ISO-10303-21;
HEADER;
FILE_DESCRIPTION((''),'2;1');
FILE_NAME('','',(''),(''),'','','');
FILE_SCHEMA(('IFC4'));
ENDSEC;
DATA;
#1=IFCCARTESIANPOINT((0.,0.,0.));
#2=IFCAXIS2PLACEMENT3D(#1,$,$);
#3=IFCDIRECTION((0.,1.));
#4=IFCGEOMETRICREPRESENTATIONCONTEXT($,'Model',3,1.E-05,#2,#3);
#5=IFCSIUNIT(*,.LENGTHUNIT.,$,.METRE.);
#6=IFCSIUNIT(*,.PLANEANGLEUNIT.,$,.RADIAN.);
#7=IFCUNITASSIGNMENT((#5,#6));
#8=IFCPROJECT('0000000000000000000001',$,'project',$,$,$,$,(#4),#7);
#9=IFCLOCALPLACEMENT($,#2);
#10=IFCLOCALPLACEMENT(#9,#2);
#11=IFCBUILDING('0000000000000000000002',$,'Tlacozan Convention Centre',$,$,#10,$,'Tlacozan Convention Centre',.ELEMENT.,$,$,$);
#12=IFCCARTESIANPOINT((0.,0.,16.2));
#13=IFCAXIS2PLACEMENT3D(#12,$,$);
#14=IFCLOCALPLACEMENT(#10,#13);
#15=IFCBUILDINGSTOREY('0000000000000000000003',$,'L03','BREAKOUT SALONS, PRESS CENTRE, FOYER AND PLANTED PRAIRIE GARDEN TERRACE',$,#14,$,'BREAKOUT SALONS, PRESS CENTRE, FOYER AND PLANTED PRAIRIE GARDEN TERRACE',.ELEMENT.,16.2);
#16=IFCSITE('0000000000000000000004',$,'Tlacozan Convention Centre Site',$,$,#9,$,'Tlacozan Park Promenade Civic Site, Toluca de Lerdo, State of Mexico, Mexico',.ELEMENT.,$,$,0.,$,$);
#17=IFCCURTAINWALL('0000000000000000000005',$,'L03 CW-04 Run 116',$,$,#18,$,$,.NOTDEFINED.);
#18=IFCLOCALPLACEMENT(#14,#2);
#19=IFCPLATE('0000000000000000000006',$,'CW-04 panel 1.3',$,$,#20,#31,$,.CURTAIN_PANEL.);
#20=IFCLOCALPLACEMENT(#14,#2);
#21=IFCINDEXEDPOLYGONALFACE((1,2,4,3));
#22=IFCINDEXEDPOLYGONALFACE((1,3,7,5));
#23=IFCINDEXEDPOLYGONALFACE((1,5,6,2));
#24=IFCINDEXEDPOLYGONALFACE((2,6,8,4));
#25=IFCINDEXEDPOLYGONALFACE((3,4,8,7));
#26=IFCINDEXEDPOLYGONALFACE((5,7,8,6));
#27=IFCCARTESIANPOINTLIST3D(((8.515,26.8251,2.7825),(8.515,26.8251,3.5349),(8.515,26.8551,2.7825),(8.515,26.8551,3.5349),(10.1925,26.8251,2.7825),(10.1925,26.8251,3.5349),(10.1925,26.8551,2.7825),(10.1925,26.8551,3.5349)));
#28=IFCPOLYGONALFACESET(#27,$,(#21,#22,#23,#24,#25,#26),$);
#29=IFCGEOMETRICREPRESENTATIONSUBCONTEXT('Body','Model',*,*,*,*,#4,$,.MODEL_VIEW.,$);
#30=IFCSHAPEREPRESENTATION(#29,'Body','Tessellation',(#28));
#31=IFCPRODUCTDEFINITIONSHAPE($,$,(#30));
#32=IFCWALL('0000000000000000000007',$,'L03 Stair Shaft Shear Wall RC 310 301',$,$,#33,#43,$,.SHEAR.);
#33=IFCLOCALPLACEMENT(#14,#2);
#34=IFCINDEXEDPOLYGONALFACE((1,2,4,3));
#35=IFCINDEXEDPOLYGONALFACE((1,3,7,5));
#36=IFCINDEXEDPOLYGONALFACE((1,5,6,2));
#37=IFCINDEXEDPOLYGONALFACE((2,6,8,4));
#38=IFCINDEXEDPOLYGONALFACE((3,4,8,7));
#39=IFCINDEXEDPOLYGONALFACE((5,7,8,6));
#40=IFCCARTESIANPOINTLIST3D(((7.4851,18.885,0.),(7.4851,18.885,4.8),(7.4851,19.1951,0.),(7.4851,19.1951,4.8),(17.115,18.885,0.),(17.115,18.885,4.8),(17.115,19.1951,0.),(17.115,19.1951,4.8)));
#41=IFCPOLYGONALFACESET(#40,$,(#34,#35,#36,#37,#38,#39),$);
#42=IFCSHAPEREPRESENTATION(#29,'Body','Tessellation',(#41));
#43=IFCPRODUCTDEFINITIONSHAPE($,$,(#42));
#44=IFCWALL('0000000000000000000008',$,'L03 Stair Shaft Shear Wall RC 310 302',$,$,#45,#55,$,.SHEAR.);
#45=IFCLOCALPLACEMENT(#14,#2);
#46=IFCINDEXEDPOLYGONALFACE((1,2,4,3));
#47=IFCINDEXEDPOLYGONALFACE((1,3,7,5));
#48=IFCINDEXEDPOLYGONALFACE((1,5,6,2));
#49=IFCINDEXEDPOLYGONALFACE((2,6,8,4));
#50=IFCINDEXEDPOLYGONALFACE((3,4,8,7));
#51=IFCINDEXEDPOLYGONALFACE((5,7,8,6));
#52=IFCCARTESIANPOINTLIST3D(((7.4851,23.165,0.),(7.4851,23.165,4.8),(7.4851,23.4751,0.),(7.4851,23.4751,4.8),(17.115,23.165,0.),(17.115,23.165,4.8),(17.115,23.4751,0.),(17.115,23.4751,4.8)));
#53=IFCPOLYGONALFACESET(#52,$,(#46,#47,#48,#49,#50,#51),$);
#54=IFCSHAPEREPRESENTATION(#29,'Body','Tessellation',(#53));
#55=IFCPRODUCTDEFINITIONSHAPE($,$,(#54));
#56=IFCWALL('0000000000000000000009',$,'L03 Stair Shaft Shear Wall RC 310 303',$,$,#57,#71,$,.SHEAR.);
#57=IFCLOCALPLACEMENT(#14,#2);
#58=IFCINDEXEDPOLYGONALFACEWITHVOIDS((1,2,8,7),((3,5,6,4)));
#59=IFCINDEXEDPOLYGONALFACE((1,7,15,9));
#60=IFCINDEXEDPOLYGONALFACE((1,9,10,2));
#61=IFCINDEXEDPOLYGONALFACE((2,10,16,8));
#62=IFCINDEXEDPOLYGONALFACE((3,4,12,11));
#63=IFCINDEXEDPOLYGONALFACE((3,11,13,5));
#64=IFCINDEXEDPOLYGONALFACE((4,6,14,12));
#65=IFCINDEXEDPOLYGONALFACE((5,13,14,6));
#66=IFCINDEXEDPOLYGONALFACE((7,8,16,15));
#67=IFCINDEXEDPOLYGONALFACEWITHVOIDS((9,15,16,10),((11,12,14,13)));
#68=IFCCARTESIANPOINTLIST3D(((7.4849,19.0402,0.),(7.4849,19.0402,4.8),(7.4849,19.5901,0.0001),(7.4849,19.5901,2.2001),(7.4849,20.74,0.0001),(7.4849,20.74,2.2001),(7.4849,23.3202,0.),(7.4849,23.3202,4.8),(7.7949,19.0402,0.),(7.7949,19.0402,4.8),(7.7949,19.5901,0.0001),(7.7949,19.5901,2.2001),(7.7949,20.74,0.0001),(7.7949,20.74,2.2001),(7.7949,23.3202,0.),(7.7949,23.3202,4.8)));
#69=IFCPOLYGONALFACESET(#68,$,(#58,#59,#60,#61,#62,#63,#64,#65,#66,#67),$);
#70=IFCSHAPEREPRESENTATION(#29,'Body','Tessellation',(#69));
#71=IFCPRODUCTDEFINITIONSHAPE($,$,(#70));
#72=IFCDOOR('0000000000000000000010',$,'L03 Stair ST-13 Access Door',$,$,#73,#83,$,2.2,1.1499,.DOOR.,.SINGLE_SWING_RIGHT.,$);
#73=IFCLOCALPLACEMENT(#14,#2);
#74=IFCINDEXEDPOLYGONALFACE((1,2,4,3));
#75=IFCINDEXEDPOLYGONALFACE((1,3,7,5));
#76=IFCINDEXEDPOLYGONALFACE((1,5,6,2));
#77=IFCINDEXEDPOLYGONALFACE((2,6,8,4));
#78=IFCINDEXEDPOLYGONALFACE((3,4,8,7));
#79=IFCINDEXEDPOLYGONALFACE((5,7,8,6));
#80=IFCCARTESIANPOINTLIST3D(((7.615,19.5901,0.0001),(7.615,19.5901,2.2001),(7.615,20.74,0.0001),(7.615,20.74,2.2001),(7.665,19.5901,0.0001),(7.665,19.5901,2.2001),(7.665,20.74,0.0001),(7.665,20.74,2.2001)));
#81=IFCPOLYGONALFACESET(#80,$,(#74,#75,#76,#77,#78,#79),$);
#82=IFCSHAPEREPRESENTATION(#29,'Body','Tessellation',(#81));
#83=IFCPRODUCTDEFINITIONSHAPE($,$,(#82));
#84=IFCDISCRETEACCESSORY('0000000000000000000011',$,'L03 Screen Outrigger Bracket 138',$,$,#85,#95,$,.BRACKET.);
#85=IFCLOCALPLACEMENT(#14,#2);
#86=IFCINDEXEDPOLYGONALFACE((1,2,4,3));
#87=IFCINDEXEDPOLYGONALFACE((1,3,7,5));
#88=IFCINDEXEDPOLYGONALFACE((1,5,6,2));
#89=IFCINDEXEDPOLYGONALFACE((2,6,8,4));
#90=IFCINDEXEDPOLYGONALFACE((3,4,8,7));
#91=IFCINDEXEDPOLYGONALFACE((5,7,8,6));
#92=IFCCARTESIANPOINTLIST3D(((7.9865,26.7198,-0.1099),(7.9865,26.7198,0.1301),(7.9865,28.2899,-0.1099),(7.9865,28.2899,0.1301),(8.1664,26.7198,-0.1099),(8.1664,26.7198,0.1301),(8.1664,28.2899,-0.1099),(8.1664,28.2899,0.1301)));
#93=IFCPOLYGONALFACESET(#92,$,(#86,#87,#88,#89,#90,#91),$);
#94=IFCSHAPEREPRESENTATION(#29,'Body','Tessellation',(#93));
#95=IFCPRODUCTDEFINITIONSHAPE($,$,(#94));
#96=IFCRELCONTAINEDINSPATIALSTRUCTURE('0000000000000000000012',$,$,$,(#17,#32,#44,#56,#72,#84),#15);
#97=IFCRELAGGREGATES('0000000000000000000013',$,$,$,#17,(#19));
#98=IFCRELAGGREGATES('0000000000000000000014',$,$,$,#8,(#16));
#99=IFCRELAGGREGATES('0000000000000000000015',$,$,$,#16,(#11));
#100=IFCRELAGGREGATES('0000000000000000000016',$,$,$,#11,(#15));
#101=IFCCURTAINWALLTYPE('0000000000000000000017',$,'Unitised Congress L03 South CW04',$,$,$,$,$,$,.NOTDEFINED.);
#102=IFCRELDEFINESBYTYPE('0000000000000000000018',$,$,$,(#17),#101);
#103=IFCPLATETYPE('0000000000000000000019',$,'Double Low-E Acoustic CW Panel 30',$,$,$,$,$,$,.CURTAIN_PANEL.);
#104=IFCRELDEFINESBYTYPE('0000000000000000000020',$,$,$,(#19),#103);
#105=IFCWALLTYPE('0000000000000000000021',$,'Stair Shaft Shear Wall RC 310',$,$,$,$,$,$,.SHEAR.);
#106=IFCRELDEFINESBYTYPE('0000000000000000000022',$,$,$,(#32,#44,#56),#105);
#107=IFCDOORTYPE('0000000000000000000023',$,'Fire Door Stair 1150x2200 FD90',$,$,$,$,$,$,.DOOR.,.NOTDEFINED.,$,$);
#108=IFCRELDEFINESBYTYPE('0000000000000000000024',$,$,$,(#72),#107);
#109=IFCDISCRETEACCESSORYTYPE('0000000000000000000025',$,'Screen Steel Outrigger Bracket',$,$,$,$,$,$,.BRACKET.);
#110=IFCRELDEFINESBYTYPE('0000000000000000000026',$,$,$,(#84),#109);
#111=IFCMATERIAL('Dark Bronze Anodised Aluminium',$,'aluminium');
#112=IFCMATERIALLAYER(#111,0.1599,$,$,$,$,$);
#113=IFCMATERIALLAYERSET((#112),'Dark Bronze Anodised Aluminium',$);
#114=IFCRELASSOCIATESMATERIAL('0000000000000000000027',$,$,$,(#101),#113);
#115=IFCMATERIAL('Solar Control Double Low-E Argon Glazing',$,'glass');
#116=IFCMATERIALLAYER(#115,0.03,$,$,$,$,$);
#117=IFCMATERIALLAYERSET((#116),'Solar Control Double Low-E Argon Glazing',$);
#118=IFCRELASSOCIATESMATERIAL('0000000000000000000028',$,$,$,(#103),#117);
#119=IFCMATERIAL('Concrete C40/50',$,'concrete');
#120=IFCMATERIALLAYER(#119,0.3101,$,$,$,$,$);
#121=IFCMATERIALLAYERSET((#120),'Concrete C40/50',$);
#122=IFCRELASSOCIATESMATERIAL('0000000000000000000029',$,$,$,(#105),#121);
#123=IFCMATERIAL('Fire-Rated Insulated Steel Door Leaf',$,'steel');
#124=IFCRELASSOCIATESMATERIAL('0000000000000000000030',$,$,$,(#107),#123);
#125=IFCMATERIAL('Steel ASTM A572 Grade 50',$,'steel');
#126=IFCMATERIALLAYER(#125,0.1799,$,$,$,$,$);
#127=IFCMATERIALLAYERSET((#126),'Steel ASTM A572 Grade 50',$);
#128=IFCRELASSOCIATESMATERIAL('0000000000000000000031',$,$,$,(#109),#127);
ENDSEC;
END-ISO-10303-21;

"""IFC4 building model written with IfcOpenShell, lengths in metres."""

from ifc_helpers import new_model, si_unit, direction, frame, frame_2d, origin, origin_2d, place, context, subcontext, project, spatial, rectangle, extrude, material, layer, layer_set, type_object, element, fill, aggregate, save


model = new_model("IFC4")

# Units and contexts
model_context = context("Model", 3, precision=1e-05, world=origin(), true_north=direction((0.0, 1.0)))
body_context = subcontext(model_context, "Body", "Model", "MODEL_VIEW")
ifc_project = project(units=[si_unit("LENGTHUNIT", "METRE"), si_unit("PLANEANGLEUNIT", "RADIAN")], contexts=[model_context])

# Site, building, storey
site_placement = place(None, origin())
site = spatial("IfcSite", under=ifc_project, at=site_placement, Name="Tlacozan Convention Centre Site", LongName="Tlacozan Park Promenade Civic Site, Toluca de Lerdo, State of Mexico, Mexico", CompositionType="ELEMENT", RefElevation=0.0)
building_placement = place(site_placement, origin())
building = spatial("IfcBuilding", under=site, at=building_placement, Name="Tlacozan Convention Centre", LongName="Tlacozan Convention Centre", CompositionType="ELEMENT")
storey_placement = place(building_placement, frame((0.0, 0.0, 16.2)))
storey = spatial("IfcBuildingStorey", under=building, at=storey_placement, Name="L03", Description="BREAKOUT SALONS, PRESS CENTRE, FOYER AND PLANTED PRAIRIE GARDEN TERRACE", LongName="BREAKOUT SALONS, PRESS CENTRE, FOYER AND PLANTED PRAIRIE GARDEN TERRACE", CompositionType="ELEMENT", Elevation=16.2)

# Shared definitions
ifc_material_1 = material(Name="Concrete C40/50", Category="concrete")

# Shared definitions
ifc_material_2 = material(Name="Dark Bronze Anodised Aluminium", Category="aluminium")
ifc_layer_1 = layer(ifc_material_2, 0.1599)
ifc_layer_set_1 = layer_set([ifc_layer_1], Name="Dark Bronze Anodised Aluminium")
curtain_wall_type = type_object("IfcCurtainWallType", Name="Unitised Congress L03 South CW04", PredefinedType="NOTDEFINED", material=ifc_layer_set_1)

# Curtain wall
curtain_wall_1_placement = place(storey_placement, origin())
curtain_wall_1 = element("IfcCurtainWall", 1, at=curtain_wall_1_placement, inside=storey, type_object=curtain_wall_type, Name="L03 CW-04 Run 116", PredefinedType="NOTDEFINED")

# Plate
ifc_material_3 = material(Name="Solar Control Double Low-E Argon Glazing", Category="glass")
ifc_layer_2 = layer(ifc_material_3, 0.03)
ifc_layer_set_2 = layer_set([ifc_layer_2], Name="Solar Control Double Low-E Argon Glazing")
plate_type = type_object("IfcPlateType", Name="Double Low-E Acoustic CW Panel 30", PredefinedType="CURTAIN_PANEL", material=ifc_layer_set_2)
plate_1_placement = place(storey_placement, frame((9.3538, 26.8401, 2.7825), z_axis=(0.0, 0.0, 1.0), x_axis=(1.0, 0.0, 0.0)))
plate_1 = element("IfcPlate", 2, at=plate_1_placement, type_object=plate_type, Name="CW-04 panel 1.3", PredefinedType="CURTAIN_PANEL", context=body_context, shape_type="SweptSolid", body=[
    extrude(rectangle(XDim=1.6775, YDim=0.03, at=origin_2d()), origin(), (0.0, 0.0, 1.0), 0.7524),
])
aggregate(curtain_wall_1, [plate_1])

# Walls
ifc_layer_3 = layer(ifc_material_1, 0.3101)
ifc_layer_set_3 = layer_set([ifc_layer_3], Name="Concrete C40/50")
wall_type = type_object("IfcWallType", Name="Stair Shaft Shear Wall RC 310", PredefinedType="SHEAR", material=ifc_layer_set_3)
for number, where, z_axis, x_axis, name in (
    (3, (7.4851, 19.04, 0.0), (0.0, 0.0, 1.0), (1.0, 0.0, 0.0), "L03 Stair Shaft Shear Wall RC 310 301"),
    (4, (7.4851, 23.3201, 0.0), (0.0, 0.0, 1.0), (1.0, 0.0, 0.0), "L03 Stair Shaft Shear Wall RC 310 302"),
):
    element("IfcWall", number, at=place(storey_placement, frame(where, z_axis=z_axis, x_axis=x_axis)), inside=storey, type_object=wall_type, Name=name, PredefinedType="SHEAR", context=body_context, shape_type="SweptSolid", body=[
        extrude(rectangle(XDim=9.6299, YDim=0.3101, at=frame_2d((4.8149, 0.0))), origin(), (0.0, 0.0, 1.0), 4.8),
    ])

# Wall, opening, door
wall_placement = place(storey_placement, frame((7.6399, 19.04, 0.0), z_axis=(0.0, 0.0, 1.0), x_axis=(0.0, 1.0, 0.0)))
wall = element("IfcWall", 5, at=wall_placement, inside=storey, type_object=wall_type, Name="L03 Stair Shaft Shear Wall RC 310 303", PredefinedType="SHEAR", context=body_context, shape_type="SweptSolid", body=[
    extrude(rectangle(XDim=4.28, YDim=0.3101, at=frame_2d((2.1401, 0.0))), origin(), (0.0, 0.0, 1.0), 4.8),
])
opening_placement = place(wall_placement, frame((0.55, 0.0, 0.0)))
opening = element("IfcOpeningElement", 6, at=opening_placement, cuts=wall, PredefinedType="OPENING", context=body_context, shape_type="SweptSolid", body=[
    extrude(rectangle(XDim=1.1499, YDim=2.2, at=frame_2d((0.575, 1.1001))), frame((0.0, 0.165, 0.0), z_axis=(0.0, -1.0, 0.0), x_axis=(1.0, 0.0, 0.0)), (0.0, 0.0, 1.0), 0.3301),
])
ifc_material_4 = material(Name="Fire-Rated Insulated Steel Door Leaf", Category="steel")
door_type = type_object("IfcDoorType", Name="Fire Door Stair 1150x2200 FD90", OperationType="NOTDEFINED", PredefinedType="DOOR", material=ifc_material_4)
door_placement = place(opening_placement, origin())
door = element("IfcDoor", 7, at=door_placement, inside=storey, type_object=door_type, Name="L03 Stair ST-13 Access Door", OperationType="SINGLE_SWING_RIGHT", OverallHeight=2.2, OverallWidth=1.1499, PredefinedType="DOOR", context=body_context, shape_type="SweptSolid", body=[
    extrude(rectangle(XDim=1.1499, YDim=2.2, at=frame_2d((0.575, 1.1001))), frame((0.0, 0.0249, 0.0), z_axis=(0.0, -1.0, 0.0), x_axis=(1.0, 0.0, 0.0)), (0.0, 0.0, 1.0), 0.05),
])
fill(opening, door)

# Discrete accessory
ifc_material_5 = material(Name="Steel ASTM A572 Grade 50", Category="steel")
ifc_layer_4 = layer(ifc_material_5, 0.1799)
ifc_layer_set_4 = layer_set([ifc_layer_4], Name="Steel ASTM A572 Grade 50")
discrete_accessory_type = type_object("IfcDiscreteAccessoryType", Name="Screen Steel Outrigger Bracket", PredefinedType="BRACKET", material=ifc_layer_set_4)
discrete_accessory_placement = place(storey_placement, frame((8.0764, 27.5049, -0.1099), z_axis=(0.0, 0.0, 1.0), x_axis=(0.0, -1.0, 0.0)))
element("IfcDiscreteAccessory", 8, at=discrete_accessory_placement, inside=storey, type_object=discrete_accessory_type, Name="L03 Screen Outrigger Bracket 138", PredefinedType="BRACKET", context=body_context, shape_type="SweptSolid", body=[
    extrude(rectangle(XDim=1.5701, YDim=0.1799, at=origin_2d()), origin(), (0.0, 0.0, 1.0), 0.24),
])

save(model, "model.ifc")
